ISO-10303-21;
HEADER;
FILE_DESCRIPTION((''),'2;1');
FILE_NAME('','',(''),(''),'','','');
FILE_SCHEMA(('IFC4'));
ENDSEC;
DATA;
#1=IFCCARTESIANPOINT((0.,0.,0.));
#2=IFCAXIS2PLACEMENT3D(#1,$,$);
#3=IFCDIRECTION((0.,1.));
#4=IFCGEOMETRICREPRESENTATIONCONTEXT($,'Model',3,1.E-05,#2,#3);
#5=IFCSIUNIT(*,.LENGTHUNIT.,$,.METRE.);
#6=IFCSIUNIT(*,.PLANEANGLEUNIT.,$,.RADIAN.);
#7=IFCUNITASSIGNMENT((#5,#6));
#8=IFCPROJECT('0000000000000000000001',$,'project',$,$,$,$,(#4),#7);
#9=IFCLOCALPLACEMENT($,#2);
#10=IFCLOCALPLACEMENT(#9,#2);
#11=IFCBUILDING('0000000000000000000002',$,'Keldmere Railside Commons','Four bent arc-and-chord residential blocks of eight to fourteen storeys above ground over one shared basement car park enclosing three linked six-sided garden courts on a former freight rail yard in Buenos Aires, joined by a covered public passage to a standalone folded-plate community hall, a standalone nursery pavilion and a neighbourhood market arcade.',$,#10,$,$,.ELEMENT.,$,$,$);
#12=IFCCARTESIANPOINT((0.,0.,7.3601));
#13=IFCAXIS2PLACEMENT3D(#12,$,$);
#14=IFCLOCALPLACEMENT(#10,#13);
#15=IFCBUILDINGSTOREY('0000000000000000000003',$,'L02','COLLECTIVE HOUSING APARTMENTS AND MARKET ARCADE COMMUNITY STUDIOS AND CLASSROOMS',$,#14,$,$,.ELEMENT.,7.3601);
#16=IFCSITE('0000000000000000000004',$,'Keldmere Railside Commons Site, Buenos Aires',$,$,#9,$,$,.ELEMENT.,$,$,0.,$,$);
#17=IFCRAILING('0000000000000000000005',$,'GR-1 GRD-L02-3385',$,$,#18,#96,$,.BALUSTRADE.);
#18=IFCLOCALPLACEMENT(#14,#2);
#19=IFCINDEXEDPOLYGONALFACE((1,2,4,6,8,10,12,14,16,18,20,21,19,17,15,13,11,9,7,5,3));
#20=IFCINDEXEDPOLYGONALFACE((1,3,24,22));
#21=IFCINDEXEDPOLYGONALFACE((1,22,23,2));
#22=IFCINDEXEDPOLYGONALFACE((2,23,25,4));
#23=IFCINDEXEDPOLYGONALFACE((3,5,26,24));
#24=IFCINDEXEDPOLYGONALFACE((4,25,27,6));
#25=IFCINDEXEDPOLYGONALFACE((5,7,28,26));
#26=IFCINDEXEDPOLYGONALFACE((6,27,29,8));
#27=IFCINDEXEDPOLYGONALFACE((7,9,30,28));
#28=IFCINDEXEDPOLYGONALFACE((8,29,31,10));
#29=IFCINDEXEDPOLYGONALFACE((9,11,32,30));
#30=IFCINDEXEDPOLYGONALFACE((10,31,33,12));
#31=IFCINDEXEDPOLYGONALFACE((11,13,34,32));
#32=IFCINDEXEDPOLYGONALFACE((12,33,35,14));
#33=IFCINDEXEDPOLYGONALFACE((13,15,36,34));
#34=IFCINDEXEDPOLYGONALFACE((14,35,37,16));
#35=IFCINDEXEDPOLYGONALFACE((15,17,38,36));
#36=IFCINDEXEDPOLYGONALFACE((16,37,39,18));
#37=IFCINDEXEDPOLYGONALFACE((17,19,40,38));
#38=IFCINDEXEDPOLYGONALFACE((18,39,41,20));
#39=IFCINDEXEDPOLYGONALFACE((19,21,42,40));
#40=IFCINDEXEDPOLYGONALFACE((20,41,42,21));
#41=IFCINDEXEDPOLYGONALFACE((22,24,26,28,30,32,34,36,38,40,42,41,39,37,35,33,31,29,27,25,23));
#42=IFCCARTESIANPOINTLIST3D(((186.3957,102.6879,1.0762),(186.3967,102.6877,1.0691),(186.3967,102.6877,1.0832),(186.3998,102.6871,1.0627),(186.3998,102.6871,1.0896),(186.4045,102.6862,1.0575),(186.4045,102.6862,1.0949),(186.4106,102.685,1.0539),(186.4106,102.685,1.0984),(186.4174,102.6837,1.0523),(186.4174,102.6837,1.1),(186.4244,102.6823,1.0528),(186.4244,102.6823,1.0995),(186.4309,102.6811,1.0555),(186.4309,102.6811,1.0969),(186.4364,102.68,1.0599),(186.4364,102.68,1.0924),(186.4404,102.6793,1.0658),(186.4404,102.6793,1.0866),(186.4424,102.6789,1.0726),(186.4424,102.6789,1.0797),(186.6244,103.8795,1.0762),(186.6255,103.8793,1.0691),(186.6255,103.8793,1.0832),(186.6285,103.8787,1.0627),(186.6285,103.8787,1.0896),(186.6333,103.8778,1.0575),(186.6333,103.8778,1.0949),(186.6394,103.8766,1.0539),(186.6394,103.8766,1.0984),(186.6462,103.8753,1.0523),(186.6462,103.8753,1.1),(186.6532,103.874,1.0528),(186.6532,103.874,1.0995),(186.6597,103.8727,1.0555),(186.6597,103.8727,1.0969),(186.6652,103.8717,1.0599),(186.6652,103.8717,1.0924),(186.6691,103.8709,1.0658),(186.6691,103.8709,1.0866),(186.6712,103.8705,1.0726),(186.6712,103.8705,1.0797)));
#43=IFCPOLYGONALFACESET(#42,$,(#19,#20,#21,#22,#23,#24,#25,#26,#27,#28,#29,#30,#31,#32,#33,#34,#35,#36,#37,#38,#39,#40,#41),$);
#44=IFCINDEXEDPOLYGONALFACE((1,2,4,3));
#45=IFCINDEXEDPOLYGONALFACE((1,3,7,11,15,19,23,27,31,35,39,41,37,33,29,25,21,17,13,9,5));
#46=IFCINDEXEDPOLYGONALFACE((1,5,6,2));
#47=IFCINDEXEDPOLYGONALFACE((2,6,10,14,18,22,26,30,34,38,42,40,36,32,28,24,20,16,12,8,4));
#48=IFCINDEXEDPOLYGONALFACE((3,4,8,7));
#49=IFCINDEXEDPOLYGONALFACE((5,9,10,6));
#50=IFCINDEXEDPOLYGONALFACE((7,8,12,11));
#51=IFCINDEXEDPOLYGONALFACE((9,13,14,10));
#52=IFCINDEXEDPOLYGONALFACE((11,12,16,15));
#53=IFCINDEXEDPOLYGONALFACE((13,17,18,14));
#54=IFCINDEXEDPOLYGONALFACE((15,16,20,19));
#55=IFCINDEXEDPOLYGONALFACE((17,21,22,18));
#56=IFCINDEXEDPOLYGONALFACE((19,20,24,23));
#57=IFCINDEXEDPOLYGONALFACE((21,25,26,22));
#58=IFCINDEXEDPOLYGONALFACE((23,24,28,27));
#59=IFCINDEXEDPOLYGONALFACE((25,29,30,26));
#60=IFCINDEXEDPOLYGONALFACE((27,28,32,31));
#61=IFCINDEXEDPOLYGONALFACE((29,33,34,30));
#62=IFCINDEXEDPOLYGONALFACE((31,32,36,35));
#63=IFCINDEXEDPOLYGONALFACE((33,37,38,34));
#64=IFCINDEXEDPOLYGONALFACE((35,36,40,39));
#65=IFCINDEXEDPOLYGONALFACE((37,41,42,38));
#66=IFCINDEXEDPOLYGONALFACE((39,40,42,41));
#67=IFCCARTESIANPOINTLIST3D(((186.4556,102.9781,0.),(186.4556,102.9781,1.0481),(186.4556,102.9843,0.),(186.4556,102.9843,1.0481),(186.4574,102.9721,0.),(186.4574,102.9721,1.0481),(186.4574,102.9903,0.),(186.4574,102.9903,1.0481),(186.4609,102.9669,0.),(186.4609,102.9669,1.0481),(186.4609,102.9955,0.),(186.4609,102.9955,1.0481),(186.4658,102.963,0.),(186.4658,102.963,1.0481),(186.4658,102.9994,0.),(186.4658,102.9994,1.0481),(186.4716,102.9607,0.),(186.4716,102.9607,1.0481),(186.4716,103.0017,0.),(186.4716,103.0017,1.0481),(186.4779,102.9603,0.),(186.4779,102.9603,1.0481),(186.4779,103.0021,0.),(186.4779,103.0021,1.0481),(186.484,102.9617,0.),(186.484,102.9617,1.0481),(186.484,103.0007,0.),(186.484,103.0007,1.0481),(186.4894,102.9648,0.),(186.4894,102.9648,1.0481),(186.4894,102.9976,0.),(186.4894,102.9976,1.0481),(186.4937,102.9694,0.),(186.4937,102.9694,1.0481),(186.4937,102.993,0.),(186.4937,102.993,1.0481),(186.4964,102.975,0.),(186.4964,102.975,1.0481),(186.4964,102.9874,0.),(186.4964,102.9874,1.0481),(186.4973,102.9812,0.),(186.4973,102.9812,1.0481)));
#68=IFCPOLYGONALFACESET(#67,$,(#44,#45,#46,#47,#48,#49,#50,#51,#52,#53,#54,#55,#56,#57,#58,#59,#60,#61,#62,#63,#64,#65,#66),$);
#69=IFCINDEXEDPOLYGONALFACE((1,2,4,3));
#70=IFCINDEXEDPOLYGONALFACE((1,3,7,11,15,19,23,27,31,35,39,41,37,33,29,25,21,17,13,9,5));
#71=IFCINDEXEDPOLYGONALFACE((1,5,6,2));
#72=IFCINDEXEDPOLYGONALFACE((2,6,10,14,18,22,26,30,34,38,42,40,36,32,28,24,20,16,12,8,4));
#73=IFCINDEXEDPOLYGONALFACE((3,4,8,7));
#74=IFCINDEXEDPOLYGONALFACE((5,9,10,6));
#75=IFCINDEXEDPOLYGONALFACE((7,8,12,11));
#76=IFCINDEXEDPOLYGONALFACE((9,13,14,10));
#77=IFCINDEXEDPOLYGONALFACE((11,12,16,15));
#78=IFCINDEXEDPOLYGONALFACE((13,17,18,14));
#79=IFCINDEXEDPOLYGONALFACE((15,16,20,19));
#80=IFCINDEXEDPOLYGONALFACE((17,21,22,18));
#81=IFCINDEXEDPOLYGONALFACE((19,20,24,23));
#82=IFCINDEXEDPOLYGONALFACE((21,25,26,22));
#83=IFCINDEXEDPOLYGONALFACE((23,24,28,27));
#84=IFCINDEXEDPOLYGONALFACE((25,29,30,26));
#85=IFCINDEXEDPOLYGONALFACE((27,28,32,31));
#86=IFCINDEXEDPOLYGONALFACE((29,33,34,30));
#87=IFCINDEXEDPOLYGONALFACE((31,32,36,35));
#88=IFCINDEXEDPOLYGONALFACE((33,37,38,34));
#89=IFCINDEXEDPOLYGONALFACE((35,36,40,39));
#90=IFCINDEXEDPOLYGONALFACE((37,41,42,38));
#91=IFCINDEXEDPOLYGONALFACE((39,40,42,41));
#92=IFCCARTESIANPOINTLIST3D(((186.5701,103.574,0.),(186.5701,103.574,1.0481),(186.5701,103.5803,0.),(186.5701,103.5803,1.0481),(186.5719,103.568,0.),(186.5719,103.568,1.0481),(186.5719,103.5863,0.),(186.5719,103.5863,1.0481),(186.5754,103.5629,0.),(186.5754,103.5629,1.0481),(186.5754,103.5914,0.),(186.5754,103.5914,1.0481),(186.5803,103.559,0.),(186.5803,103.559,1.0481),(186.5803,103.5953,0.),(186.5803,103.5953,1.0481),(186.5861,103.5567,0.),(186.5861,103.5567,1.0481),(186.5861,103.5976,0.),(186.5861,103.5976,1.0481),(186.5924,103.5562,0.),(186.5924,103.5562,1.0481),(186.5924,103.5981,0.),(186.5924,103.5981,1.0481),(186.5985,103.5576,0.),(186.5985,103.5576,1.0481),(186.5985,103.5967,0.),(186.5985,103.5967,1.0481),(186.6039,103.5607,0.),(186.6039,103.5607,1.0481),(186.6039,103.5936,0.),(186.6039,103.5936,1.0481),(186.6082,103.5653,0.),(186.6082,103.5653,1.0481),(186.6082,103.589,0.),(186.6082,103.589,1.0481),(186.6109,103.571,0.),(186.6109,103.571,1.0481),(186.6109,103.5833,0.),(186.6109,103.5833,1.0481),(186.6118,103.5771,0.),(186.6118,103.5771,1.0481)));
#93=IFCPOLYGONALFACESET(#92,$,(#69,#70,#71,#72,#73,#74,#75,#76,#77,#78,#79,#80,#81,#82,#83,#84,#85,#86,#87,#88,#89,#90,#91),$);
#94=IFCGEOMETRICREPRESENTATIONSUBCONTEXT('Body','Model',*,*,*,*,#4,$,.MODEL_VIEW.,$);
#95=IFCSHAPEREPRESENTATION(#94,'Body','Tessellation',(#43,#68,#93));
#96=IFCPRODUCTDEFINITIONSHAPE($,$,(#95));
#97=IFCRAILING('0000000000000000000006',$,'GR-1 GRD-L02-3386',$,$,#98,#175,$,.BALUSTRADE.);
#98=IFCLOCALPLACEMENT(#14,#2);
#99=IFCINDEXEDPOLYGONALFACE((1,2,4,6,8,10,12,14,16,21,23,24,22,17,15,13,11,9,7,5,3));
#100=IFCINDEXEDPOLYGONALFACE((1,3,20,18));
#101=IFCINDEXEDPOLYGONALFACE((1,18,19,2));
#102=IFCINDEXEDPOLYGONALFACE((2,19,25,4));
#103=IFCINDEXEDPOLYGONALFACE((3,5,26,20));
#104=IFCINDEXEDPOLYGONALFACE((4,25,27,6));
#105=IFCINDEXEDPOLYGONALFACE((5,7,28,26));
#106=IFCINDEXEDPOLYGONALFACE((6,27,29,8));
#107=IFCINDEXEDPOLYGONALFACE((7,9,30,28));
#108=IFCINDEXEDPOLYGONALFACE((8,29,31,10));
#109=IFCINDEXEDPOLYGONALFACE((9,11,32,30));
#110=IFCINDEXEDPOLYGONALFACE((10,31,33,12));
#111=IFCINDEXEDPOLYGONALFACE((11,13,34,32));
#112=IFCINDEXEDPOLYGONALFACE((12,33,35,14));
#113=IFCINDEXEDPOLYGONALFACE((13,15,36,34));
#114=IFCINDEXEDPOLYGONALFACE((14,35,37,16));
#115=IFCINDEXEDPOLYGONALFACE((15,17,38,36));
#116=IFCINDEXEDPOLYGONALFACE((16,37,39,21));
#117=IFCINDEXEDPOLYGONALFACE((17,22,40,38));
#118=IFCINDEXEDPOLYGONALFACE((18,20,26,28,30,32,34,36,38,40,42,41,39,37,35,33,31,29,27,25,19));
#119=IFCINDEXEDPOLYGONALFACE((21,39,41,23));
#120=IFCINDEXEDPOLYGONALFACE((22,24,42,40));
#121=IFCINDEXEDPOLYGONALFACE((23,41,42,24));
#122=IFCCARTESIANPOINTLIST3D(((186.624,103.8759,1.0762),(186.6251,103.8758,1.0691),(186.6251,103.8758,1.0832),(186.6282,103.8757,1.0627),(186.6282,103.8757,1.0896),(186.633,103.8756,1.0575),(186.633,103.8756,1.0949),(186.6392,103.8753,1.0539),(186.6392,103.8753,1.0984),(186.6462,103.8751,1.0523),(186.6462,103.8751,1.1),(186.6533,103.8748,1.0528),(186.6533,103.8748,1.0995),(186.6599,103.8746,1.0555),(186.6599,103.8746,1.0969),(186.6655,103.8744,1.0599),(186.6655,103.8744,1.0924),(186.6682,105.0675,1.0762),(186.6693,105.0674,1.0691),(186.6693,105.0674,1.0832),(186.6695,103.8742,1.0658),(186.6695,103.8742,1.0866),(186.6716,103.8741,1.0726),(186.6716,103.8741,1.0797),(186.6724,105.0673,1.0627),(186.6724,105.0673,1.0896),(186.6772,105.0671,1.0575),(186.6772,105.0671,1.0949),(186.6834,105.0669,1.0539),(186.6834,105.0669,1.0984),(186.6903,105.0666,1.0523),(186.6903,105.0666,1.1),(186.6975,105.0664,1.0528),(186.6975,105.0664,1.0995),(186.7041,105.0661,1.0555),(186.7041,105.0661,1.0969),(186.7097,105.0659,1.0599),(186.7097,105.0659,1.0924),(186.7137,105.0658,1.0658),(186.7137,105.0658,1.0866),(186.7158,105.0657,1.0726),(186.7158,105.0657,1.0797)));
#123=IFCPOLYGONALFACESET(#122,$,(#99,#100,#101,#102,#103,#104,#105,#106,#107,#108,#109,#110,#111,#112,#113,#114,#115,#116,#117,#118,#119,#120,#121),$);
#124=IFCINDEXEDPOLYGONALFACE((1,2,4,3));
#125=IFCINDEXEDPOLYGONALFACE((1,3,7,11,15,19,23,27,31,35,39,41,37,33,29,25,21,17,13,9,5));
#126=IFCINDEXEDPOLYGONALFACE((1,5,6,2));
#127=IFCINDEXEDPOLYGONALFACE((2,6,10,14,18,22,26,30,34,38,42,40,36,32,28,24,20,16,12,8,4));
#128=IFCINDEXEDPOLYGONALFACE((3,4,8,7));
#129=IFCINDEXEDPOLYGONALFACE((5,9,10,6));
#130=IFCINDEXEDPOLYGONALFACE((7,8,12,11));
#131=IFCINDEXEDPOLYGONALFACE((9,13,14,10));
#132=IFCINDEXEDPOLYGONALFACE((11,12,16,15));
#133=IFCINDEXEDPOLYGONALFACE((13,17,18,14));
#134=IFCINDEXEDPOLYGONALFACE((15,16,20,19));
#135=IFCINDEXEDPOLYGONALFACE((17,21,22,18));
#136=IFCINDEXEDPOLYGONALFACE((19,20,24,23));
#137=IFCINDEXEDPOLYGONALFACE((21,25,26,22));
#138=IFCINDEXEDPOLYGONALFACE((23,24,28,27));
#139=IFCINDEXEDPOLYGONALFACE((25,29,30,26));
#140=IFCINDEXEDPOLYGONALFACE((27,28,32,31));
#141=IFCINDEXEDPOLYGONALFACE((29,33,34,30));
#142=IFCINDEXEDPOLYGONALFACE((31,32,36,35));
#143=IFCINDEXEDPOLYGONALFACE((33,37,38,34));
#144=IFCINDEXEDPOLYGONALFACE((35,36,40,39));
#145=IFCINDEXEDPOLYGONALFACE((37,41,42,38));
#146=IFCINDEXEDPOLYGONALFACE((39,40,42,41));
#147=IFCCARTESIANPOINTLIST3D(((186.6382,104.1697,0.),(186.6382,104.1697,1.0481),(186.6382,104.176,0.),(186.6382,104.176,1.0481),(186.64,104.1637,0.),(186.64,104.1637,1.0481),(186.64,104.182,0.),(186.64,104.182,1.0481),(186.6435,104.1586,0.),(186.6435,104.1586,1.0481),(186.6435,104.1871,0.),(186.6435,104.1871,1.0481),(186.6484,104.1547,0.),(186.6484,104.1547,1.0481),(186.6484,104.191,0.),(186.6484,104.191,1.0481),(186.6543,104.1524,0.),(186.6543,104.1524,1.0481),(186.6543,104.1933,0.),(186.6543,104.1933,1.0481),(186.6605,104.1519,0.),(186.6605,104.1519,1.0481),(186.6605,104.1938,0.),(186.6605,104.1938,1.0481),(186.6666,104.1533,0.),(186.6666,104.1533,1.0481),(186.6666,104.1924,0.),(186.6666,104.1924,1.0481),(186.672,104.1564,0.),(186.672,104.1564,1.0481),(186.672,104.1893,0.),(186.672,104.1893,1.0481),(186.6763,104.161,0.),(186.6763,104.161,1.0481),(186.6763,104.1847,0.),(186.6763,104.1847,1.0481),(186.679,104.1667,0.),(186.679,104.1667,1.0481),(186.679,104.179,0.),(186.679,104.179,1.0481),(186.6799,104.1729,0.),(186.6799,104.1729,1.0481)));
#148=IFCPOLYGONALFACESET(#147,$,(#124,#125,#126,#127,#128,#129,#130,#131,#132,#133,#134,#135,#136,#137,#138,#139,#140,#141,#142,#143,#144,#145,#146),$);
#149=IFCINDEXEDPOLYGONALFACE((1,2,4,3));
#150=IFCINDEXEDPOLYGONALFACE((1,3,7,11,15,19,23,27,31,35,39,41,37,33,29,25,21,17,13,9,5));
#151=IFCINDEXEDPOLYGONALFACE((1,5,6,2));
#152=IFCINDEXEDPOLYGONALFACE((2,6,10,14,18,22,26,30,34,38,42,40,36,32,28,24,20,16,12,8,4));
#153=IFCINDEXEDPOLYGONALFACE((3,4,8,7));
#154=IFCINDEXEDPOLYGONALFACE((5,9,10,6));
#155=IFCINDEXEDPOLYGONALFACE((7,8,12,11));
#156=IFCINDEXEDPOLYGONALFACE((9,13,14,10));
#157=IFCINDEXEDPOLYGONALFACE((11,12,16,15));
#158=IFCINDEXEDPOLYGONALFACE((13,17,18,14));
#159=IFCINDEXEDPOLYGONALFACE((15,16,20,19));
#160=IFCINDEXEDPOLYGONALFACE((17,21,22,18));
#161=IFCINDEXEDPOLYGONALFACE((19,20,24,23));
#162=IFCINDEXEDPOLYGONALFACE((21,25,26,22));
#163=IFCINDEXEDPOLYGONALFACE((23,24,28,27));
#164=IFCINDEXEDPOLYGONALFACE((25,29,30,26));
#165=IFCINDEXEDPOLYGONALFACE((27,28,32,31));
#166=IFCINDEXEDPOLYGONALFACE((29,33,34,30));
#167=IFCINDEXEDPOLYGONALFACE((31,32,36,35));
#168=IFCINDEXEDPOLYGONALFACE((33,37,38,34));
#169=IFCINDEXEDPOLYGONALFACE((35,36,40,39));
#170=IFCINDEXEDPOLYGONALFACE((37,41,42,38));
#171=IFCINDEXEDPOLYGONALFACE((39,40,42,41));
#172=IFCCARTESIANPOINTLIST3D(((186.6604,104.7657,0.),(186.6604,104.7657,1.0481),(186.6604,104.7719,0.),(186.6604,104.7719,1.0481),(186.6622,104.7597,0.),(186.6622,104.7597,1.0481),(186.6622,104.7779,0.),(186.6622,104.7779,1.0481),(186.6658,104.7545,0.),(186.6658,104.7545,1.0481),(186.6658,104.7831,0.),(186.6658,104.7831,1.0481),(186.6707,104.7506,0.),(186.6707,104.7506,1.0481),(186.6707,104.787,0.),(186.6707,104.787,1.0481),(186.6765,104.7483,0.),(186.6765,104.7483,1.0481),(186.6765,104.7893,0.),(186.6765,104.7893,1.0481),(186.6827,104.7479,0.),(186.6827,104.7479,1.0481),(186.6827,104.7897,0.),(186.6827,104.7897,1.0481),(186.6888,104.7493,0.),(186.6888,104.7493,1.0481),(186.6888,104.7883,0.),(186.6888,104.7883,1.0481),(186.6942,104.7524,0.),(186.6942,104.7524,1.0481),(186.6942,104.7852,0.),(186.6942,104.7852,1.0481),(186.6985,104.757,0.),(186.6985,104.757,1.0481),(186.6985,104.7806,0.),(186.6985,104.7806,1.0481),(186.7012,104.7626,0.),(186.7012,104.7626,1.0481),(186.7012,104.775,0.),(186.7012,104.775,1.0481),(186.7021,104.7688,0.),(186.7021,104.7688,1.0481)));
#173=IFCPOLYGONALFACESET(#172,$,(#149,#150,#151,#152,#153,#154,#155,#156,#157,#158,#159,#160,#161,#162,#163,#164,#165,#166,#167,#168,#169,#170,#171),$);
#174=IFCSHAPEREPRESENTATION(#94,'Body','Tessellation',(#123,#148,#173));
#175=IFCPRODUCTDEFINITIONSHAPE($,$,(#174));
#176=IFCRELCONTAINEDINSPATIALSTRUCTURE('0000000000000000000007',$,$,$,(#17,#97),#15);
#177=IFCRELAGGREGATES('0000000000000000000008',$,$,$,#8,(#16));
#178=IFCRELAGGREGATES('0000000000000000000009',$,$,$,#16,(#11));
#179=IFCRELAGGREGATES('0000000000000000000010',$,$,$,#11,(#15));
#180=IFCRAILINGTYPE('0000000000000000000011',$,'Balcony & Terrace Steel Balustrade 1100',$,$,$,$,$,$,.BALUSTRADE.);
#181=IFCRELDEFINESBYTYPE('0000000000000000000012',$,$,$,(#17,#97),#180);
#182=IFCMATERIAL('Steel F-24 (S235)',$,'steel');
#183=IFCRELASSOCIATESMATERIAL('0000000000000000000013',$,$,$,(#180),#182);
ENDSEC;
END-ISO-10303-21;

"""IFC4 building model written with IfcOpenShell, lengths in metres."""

from ifc_helpers import new_model, si_unit, direction, frame, origin, origin_2d, place, context, subcontext, project, spatial, circle, extrude, material, type_object, element, save


model = new_model("IFC4")

# Units and contexts
model_context = context("Model", 3, precision=1e-05, world=origin(), true_north=direction((0.0, 1.0)))
body_context = subcontext(model_context, "Body", "Model", "MODEL_VIEW")
ifc_project = project(units=[si_unit("LENGTHUNIT", "METRE"), si_unit("PLANEANGLEUNIT", "RADIAN")], contexts=[model_context])

# Site, building, storey
site_placement = place(None, origin())
site = spatial("IfcSite", under=ifc_project, at=site_placement, Name="Keldmere Railside Commons Site, Buenos Aires", CompositionType="ELEMENT", RefElevation=0.0)
building_placement = place(site_placement, origin())
building = spatial("IfcBuilding", under=site, at=building_placement, Name="Keldmere Railside Commons", Description="Four bent arc-and-chord residential blocks of eight to fourteen storeys above ground over one shared basement car park enclosing three linked six-sided garden courts on a former freight rail yard in Buenos Aires, joined by a covered public passage to a standalone folded-plate community hall, a standalone nursery pavilion and a neighbourhood market arcade.", CompositionType="ELEMENT")
storey_placement = place(building_placement, frame((0.0, 0.0, 7.3601)))
storey = spatial("IfcBuildingStorey", under=building, at=storey_placement, Name="L02", Description="COLLECTIVE HOUSING APARTMENTS AND MARKET ARCADE COMMUNITY STUDIOS AND CLASSROOMS", CompositionType="ELEMENT", Elevation=7.3601)

# Railings
ifc_material_1 = material(Name="Steel F-24 (S235)", Category="steel")
railing_type = type_object("IfcRailingType", Name="Balcony & Terrace Steel Balustrade 1100", PredefinedType="BALUSTRADE", material=ifc_material_1)
railing_1_placement = place(storey_placement, frame((186.4192, 102.6833, 0.0)))
element("IfcRailing", 1, at=railing_1_placement, inside=storey, type_object=railing_type, Name="GR-1 GRD-L02-3385", PredefinedType="BALUSTRADE", context=body_context, shape_type="SweptSolid", body=[
    extrude(circle(Radius=0.0239, at=origin_2d()), frame((0.0, 0.0, 1.0762), z_axis=(0.188526, 0.982068, 0.0), x_axis=(-0.982068, 0.188526, 0.0)), (0.0, 0.0, 1.0), 1.2134),
    extrude(circle(Radius=0.021, at=origin_2d()), frame((0.0571, 0.2979, 0.0)), (0.0, 0.0, 1.0), 1.0481),
    extrude(circle(Radius=0.021, at=origin_2d()), frame((0.1716, 0.8938, 0.0)), (0.0, 0.0, 1.0), 1.0481),
])
railing_2_placement = place(storey_placement, frame((186.6479, 103.875, 0.0)))
element("IfcRailing", 2, at=railing_2_placement, inside=storey, type_object=railing_type, Name="GR-1 GRD-L02-3386", PredefinedType="BALUSTRADE", context=body_context, shape_type="SweptSolid", body=[
    extrude(circle(Radius=0.0239, at=origin_2d()), frame((0.0, 0.0, 1.0762), z_axis=(0.037057, 0.999313, 0.0), x_axis=(-0.999313, 0.037057, 0.0)), (0.0, 0.0, 1.0), 1.1924),
    extrude(circle(Radius=0.021, at=origin_2d()), frame((0.011, 0.2979, 0.0)), (0.0, 0.0, 1.0), 1.0481),
    extrude(circle(Radius=0.021, at=origin_2d()), frame((0.0332, 0.8938, 0.0)), (0.0, 0.0, 1.0), 1.0481),
])

save(model, "model.ifc")
